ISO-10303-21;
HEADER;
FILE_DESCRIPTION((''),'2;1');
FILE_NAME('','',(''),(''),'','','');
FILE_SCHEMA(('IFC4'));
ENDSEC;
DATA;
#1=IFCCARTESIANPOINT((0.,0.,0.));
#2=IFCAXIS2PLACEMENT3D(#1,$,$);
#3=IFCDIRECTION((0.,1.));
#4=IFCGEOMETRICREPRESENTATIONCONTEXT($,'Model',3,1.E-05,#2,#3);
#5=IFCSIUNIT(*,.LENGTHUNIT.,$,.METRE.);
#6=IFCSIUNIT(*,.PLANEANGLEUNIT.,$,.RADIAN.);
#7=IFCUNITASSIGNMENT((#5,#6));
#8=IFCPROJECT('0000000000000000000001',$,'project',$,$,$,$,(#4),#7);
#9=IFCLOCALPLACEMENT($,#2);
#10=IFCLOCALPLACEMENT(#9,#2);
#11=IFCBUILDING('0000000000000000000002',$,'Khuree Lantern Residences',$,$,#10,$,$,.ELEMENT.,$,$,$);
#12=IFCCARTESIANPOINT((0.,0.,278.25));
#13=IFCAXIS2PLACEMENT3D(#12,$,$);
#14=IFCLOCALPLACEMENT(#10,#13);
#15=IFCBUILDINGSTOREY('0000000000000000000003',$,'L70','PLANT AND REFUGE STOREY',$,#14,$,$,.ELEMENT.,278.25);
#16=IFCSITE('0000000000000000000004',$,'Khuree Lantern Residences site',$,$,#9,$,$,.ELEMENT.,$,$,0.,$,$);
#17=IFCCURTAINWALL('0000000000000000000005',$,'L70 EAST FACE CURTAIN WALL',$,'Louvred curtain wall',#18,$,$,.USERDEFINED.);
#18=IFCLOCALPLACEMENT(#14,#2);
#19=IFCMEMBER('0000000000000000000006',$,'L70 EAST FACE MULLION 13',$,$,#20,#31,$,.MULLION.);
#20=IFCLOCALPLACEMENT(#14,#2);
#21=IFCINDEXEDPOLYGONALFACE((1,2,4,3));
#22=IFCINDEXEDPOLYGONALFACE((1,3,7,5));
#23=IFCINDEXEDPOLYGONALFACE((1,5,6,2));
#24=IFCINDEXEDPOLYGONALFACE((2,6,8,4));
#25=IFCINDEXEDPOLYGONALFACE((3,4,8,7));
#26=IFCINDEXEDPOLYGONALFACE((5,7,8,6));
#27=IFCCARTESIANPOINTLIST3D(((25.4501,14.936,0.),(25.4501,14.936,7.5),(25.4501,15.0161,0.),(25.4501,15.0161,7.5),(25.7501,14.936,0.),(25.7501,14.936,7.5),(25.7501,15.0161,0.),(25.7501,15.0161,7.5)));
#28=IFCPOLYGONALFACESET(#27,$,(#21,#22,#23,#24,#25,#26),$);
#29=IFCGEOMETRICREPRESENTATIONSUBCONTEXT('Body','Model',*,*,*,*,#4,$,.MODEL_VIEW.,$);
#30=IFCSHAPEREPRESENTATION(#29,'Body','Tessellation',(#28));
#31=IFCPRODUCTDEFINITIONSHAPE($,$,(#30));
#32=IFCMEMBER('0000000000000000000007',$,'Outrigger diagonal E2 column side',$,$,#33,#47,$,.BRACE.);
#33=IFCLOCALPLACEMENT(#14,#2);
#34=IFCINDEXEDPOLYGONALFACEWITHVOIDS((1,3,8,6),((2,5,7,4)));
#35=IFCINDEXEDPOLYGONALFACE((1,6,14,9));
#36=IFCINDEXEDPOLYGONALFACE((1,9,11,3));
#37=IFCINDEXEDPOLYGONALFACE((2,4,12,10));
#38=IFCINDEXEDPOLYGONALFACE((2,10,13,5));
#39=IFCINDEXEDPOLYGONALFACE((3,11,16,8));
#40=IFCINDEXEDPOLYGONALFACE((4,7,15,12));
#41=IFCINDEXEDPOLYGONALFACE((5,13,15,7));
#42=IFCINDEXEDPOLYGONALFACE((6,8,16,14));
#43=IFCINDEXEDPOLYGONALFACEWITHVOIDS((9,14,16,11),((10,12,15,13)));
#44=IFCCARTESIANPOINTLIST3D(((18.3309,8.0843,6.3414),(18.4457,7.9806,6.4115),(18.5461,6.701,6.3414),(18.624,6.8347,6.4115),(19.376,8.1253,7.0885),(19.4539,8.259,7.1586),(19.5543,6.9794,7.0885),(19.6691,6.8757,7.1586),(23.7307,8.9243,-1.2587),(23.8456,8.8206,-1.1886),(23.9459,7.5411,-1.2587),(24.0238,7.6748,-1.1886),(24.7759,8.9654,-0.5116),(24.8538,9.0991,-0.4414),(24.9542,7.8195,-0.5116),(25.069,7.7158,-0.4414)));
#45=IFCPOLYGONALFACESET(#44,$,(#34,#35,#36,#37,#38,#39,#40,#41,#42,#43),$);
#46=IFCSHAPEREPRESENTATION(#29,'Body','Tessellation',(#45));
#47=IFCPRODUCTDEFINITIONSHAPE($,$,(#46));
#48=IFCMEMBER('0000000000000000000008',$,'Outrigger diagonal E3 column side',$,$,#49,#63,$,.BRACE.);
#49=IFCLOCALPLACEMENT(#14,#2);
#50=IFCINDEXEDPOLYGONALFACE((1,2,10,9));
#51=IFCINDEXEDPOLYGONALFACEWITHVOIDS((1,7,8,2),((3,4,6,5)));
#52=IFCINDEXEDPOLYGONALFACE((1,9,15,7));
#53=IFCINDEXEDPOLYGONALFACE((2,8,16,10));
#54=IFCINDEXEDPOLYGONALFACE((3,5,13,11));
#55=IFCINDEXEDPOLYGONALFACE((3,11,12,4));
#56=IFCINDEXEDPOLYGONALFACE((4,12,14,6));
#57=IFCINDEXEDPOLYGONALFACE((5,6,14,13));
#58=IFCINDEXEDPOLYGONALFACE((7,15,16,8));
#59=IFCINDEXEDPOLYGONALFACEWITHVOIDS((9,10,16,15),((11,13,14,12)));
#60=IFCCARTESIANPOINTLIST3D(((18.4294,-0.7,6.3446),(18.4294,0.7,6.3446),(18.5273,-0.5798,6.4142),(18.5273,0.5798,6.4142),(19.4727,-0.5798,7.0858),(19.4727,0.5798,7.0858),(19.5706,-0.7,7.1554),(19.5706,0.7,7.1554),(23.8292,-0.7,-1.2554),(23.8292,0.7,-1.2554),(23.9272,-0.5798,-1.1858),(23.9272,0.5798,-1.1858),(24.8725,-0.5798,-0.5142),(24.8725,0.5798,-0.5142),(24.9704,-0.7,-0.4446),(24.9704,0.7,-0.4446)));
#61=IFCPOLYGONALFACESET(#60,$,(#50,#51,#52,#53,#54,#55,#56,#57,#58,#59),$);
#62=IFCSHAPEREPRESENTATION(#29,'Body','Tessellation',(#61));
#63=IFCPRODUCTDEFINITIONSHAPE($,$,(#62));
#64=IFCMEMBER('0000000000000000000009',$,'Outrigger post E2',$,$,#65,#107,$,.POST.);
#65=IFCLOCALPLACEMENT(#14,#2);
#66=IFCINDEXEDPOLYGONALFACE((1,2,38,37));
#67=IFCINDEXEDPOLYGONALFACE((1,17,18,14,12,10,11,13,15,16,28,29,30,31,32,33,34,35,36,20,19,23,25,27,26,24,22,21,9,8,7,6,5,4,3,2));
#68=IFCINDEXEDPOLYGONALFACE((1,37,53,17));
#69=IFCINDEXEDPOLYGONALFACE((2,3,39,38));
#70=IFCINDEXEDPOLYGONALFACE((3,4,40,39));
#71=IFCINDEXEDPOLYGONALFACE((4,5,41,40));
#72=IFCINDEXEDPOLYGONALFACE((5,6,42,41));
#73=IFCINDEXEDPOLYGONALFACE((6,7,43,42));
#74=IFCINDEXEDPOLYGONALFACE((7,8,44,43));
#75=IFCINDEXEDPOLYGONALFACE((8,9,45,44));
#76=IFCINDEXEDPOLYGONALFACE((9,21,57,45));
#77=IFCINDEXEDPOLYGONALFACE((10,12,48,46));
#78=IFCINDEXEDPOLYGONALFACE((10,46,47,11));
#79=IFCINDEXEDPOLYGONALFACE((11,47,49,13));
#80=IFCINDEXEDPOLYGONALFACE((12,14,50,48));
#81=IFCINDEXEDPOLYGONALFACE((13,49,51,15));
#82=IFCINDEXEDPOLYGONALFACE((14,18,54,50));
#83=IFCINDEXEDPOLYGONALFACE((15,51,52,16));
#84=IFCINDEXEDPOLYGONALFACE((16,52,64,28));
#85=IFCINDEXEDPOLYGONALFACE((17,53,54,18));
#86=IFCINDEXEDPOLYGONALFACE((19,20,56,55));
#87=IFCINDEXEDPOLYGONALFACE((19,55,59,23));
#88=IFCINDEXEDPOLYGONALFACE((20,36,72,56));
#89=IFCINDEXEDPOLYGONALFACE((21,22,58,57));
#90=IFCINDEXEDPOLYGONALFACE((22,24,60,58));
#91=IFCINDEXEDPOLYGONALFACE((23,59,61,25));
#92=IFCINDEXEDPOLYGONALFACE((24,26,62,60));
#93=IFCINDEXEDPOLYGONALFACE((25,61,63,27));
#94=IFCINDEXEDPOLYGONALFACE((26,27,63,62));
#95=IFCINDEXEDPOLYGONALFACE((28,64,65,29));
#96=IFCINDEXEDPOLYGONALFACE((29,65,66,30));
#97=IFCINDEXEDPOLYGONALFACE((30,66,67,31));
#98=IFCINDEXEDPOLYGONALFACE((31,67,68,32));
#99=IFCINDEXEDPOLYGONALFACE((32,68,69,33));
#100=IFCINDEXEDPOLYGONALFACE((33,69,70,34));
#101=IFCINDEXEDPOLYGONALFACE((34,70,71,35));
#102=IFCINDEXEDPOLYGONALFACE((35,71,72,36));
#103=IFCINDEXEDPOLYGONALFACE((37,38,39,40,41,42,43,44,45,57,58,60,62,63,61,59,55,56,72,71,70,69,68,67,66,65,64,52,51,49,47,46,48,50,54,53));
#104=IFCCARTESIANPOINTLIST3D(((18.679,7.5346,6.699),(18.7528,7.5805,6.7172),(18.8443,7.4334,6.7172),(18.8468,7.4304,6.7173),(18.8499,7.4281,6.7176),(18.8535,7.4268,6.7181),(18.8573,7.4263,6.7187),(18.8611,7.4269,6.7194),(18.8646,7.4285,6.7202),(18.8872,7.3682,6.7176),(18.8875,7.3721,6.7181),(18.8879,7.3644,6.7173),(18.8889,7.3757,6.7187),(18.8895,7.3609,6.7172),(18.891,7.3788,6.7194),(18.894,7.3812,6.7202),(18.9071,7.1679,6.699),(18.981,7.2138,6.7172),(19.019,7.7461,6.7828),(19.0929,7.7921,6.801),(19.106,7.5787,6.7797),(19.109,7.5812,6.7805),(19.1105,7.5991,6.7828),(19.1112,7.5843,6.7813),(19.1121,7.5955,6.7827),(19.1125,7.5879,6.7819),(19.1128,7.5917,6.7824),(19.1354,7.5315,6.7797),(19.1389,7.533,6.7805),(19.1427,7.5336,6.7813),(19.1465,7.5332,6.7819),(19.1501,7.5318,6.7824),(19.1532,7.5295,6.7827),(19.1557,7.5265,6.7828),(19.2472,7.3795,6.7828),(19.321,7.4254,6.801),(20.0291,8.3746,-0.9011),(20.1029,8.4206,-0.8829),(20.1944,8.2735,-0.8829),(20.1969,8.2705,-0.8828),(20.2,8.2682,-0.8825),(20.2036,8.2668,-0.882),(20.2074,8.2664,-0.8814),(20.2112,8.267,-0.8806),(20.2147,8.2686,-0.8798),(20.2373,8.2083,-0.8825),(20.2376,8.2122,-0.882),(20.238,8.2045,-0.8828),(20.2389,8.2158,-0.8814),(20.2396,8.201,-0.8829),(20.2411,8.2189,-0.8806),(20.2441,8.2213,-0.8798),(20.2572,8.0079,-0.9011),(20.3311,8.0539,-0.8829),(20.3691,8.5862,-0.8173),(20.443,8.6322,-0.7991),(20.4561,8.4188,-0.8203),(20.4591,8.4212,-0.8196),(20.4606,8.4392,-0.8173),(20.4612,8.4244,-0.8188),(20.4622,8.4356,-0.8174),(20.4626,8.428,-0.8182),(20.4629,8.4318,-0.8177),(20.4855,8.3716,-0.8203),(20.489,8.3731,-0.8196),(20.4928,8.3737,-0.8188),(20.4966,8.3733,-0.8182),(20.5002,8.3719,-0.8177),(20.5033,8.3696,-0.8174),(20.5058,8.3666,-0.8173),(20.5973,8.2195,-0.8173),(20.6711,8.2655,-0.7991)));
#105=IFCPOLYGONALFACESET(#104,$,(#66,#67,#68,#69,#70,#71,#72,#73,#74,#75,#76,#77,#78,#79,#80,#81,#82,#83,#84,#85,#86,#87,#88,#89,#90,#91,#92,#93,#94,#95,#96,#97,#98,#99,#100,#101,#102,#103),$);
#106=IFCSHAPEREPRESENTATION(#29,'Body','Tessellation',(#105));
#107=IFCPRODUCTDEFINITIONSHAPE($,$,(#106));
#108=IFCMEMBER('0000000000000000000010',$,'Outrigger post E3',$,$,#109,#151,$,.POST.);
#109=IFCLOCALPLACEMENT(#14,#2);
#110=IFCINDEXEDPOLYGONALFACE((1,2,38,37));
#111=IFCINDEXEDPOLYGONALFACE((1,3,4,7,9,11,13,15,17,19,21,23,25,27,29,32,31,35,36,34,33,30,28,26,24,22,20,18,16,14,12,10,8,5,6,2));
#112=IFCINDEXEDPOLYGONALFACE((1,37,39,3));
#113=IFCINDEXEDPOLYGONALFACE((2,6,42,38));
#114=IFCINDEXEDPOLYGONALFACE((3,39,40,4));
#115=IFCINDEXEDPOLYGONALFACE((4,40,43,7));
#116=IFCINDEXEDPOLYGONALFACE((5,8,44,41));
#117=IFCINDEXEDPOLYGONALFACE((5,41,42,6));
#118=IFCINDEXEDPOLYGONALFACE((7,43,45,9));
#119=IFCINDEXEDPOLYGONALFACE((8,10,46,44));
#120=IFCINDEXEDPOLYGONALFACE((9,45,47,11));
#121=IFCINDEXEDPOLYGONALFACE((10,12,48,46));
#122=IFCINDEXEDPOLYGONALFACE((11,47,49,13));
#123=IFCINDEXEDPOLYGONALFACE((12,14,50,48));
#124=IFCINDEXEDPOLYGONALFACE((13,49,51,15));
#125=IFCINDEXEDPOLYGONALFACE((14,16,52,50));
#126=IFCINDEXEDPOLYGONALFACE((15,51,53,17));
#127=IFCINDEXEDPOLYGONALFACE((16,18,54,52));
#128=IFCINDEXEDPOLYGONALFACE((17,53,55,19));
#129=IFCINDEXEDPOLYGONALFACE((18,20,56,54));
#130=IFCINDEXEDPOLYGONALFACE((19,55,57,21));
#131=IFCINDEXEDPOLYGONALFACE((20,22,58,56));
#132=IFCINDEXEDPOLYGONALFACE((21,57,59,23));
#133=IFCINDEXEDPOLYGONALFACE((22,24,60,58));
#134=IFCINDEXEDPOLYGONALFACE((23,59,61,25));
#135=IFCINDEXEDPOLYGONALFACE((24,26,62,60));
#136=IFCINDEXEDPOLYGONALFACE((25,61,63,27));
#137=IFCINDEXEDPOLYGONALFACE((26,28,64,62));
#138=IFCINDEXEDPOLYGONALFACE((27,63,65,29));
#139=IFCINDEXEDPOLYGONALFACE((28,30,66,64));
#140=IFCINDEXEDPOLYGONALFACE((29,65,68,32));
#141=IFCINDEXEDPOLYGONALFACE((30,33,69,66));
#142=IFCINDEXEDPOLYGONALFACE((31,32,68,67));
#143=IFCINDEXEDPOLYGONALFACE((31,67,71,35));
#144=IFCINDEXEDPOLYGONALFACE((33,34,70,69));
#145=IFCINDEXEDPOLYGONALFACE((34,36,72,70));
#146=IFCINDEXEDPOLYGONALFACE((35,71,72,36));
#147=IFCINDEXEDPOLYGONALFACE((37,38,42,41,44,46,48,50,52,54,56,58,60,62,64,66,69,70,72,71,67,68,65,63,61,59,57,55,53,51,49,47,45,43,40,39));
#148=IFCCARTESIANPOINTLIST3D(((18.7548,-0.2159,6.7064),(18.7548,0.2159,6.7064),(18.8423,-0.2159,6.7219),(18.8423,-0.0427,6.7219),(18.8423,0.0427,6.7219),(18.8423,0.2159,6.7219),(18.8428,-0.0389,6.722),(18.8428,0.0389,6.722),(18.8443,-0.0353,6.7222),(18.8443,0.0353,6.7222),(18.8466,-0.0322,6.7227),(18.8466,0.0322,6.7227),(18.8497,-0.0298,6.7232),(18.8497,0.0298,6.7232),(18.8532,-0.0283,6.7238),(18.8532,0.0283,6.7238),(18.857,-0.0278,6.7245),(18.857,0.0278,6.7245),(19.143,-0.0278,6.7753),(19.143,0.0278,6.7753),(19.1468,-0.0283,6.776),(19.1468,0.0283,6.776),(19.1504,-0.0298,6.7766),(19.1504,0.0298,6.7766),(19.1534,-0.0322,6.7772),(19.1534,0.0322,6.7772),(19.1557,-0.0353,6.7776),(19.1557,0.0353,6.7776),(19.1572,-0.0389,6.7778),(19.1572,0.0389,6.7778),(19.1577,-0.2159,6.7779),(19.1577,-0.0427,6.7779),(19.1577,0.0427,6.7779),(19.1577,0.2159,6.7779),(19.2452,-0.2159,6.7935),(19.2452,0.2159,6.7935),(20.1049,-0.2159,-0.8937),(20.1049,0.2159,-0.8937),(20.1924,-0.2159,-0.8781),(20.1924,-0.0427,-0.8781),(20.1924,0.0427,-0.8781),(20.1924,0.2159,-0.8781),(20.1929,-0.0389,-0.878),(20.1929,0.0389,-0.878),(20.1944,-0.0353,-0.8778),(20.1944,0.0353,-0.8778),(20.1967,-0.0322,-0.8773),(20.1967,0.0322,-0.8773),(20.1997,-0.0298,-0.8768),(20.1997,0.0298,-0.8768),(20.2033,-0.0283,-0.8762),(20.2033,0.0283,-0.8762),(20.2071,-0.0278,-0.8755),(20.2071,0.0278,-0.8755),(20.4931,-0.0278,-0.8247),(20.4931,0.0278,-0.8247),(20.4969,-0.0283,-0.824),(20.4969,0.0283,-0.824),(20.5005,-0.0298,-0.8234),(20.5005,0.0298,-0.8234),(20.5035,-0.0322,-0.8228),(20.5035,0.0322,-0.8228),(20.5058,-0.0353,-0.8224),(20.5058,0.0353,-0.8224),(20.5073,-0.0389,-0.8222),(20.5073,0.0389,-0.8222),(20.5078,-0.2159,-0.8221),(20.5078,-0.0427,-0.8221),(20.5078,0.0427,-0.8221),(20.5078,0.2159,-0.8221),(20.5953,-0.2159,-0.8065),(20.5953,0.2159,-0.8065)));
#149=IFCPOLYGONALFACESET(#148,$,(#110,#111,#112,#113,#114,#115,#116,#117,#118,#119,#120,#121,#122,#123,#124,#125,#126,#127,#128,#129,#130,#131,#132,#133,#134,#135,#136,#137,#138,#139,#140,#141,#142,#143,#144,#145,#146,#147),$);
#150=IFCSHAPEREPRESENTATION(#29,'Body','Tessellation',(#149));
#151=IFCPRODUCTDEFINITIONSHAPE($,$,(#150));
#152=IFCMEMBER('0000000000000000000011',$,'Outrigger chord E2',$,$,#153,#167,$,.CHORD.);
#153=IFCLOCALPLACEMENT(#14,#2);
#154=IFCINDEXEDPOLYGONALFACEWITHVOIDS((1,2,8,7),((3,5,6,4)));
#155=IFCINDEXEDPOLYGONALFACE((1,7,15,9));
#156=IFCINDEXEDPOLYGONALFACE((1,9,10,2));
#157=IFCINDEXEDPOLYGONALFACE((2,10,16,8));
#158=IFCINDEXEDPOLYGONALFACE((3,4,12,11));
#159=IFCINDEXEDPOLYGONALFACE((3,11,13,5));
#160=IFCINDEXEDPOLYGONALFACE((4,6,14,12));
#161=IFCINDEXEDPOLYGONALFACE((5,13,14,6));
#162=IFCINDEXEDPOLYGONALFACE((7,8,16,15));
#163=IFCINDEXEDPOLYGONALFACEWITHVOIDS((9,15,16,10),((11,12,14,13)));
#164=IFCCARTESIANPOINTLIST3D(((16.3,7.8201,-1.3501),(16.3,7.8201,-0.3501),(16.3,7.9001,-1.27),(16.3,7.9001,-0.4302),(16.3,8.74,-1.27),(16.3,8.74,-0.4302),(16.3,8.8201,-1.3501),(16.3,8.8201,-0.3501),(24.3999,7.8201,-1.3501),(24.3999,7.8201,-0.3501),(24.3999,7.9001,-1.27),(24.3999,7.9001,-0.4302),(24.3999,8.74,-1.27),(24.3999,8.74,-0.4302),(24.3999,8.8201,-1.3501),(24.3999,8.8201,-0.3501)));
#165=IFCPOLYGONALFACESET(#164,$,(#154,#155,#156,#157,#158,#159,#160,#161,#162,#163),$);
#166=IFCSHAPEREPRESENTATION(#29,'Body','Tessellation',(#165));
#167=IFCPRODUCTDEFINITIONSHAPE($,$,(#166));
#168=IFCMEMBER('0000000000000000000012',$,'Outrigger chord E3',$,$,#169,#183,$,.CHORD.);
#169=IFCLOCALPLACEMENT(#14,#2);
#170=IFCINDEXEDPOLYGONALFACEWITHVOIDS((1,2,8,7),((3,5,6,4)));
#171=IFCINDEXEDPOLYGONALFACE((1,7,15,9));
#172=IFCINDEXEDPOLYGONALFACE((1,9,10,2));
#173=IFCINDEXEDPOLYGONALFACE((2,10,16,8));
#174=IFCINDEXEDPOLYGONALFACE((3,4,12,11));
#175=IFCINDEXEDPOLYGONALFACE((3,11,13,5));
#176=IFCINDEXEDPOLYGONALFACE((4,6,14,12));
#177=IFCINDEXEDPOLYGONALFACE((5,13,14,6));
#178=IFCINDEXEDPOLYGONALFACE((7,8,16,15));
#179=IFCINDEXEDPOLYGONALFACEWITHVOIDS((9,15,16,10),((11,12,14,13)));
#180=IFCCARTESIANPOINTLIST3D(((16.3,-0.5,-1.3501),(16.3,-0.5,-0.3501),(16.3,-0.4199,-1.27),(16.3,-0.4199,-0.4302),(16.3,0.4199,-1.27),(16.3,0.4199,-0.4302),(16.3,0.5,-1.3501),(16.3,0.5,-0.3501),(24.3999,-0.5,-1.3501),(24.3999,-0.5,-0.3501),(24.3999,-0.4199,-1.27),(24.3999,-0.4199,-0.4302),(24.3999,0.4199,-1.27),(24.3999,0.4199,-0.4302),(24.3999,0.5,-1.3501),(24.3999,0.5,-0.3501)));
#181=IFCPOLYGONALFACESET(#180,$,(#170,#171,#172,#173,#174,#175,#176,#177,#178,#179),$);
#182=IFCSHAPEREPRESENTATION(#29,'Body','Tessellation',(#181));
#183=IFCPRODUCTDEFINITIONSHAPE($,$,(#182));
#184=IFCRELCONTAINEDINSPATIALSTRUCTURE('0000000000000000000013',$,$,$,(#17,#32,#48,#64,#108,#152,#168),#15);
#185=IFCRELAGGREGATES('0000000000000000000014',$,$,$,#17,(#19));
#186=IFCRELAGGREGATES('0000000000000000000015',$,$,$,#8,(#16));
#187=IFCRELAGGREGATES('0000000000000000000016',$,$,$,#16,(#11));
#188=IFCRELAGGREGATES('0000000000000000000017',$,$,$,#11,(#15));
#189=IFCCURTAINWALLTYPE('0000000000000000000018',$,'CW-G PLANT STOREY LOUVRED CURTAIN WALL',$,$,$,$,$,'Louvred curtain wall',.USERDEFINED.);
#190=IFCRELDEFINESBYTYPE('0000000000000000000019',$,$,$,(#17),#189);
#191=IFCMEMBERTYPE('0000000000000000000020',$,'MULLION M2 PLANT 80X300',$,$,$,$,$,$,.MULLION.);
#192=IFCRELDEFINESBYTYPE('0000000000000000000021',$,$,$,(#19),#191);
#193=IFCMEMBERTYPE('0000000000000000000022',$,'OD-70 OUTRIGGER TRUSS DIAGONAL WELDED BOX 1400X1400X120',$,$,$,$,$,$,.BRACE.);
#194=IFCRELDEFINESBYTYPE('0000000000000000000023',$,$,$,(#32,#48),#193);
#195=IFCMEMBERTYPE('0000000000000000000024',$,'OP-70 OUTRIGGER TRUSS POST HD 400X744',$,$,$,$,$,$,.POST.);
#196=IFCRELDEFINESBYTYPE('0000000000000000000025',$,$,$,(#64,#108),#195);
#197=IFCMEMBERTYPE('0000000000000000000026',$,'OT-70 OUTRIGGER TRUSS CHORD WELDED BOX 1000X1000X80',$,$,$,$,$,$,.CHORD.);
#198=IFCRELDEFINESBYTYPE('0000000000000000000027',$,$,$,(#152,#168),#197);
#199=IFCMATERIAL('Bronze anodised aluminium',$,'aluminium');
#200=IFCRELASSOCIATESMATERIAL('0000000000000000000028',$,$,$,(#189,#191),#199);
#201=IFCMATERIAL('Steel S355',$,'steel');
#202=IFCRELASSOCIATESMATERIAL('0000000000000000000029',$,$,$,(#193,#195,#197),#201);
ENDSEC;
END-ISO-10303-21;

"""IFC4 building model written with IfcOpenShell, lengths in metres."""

from ifc_helpers import new_model, si_unit, direction, frame, origin, origin_2d, place, context, subcontext, project, spatial, rectangle, hollow_rectangle, i_section, extrude, material, material_profile, profile_set, type_object, element, aggregate, save


model = new_model("IFC4")

# Units and contexts
model_context = context("Model", 3, precision=1e-05, world=origin(), true_north=direction((0.0, 1.0)))
body_context = subcontext(model_context, "Body", "Model", "MODEL_VIEW")
ifc_project = project(units=[si_unit("LENGTHUNIT", "METRE"), si_unit("PLANEANGLEUNIT", "RADIAN")], contexts=[model_context])

# Site, building, storey
site_placement = place(None, origin())
site = spatial("IfcSite", under=ifc_project, at=site_placement, Name="Khuree Lantern Residences site", CompositionType="ELEMENT", RefElevation=0.0)
building_placement = place(site_placement, origin())
building = spatial("IfcBuilding", under=site, at=building_placement, Name="Khuree Lantern Residences", CompositionType="ELEMENT")
storey_placement = place(building_placement, frame((0.0, 0.0, 278.25)))
storey = spatial("IfcBuildingStorey", under=building, at=storey_placement, Name="L70", Description="PLANT AND REFUGE STOREY", CompositionType="ELEMENT", Elevation=278.25)

# Shared definitions
ifc_material_1 = material(Name="Steel S355", Category="steel")

# Curtain wall, member
ifc_material_2 = material(Name="Bronze anodised aluminium", Category="aluminium")
curtain_wall_type = type_object("IfcCurtainWallType", Name="CW-G PLANT STOREY LOUVRED CURTAIN WALL", ElementType="Louvred curtain wall", PredefinedType="USERDEFINED", material=ifc_material_2)
curtain_wall_placement = place(storey_placement, origin())
curtain_wall = element("IfcCurtainWall", 1, at=curtain_wall_placement, inside=storey, type_object=curtain_wall_type, Name="L70 EAST FACE CURTAIN WALL", ObjectType="Louvred curtain wall", PredefinedType="USERDEFINED")
ifc_material_profile_1 = material_profile(ifc_material_2, rectangle(XDim=0.0801, YDim=0.3, at=origin_2d()), Name="M2 80X300")
ifc_profile_set_1 = profile_set([ifc_material_profile_1], Name="Bronze anodised aluminium")
member_type_1 = type_object("IfcMemberType", Name="MULLION M2 PLANT 80X300", PredefinedType="MULLION", material=ifc_profile_set_1)
member_1_placement = place(storey_placement, frame((25.6001, 14.9761, 0.0), z_axis=(0.0, 0.0, 1.0), x_axis=(0.0, 1.0, 0.0)))
member_1 = element("IfcMember", 2, at=member_1_placement, type_object=member_type_1, Name="L70 EAST FACE MULLION 13", PredefinedType="MULLION", context=body_context, shape_type="SweptSolid", body=[
    extrude(rectangle(XDim=0.0801, YDim=0.3, at=origin_2d()), origin(), (0.0, 0.0, 1.0), 7.5),
])

# Members
ifc_material_profile_2 = material_profile(ifc_material_1, hollow_rectangle(XDim=1.3999, YDim=1.3999, WallThickness=0.1201, at=origin_2d()), Name="WELDED BOX 1400X1400X120")
ifc_profile_set_2 = profile_set([ifc_material_profile_2], Name="Steel S355")
member_type_2 = type_object("IfcMemberType", Name="OD-70 OUTRIGGER TRUSS DIAGONAL WELDED BOX 1400X1400X120", PredefinedType="BRACE", material=ifc_profile_set_2)
member_2_placement = place(storey_placement, frame((19.0, 7.48, 6.75), z_axis=(0.576858, 0.089744, -0.811899), x_axis=(-0.153725, 0.988114, 0.0)))
element("IfcMember", 3, at=member_2_placement, inside=storey, type_object=member_type_2, Name="Outrigger diagonal E2 column side", PredefinedType="BRACE", context=body_context, shape_type="SweptSolid", body=[
    extrude(hollow_rectangle(XDim=1.3999, YDim=1.3999, WallThickness=0.1201, at=origin_2d()), origin(), (0.0, 0.0, 1.0), 9.3608),
])
member_3_placement = place(storey_placement, frame((19.0, 0.0, 6.75), z_axis=(0.579195, 0.0, -0.815189), x_axis=(0.0, 1.0, 0.0)))
element("IfcMember", 4, at=member_3_placement, inside=storey, type_object=member_type_2, Name="Outrigger diagonal E3 column side", PredefinedType="BRACE", context=body_context, shape_type="SweptSolid", body=[
    extrude(hollow_rectangle(XDim=1.3999, YDim=1.3999, WallThickness=0.1201, at=origin_2d()), origin(), (0.0, 0.0, 1.0), 9.323),
])
ifc_material_profile_3 = material_profile(ifc_material_1, i_section(OverallWidth=0.4319, OverallDepth=0.498, WebThickness=0.0557, FlangeThickness=0.0889, FilletRadius=0.0149, at=origin_2d()), Name="HD 400X744")
ifc_profile_set_3 = profile_set([ifc_material_profile_3], Name="Steel S355")
member_type_3 = type_object("IfcMemberType", Name="OP-70 OUTRIGGER TRUSS POST HD 400X744", PredefinedType="POST", material=ifc_profile_set_3)
member_4_placement = place(storey_placement, frame((20.3501, 8.3201, -0.8501), z_axis=(-0.173877, -0.108194, 0.978806), x_axis=(0.528314, -0.849049, 0.0)))
element("IfcMember", 5, at=member_4_placement, inside=storey, type_object=member_type_3, Name="Outrigger post E2", PredefinedType="POST", context=body_context, shape_type="SweptSolid", body=[
    extrude(i_section(OverallWidth=0.4319, OverallDepth=0.498, WebThickness=0.0557, FlangeThickness=0.0889, FilletRadius=0.0149, at=origin_2d()), origin(), (0.0, 0.0, 1.0), 7.7646),
])
member_5_placement = place(storey_placement, frame((20.3501, 0.0, -0.8501), z_axis=(-0.174904, 0.0, 0.984586), x_axis=(0.0, -1.0, 0.0)))
element("IfcMember", 6, at=member_5_placement, inside=storey, type_object=member_type_3, Name="Outrigger post E3", PredefinedType="POST", context=body_context, shape_type="SweptSolid", body=[
    extrude(i_section(OverallWidth=0.4319, OverallDepth=0.498, WebThickness=0.0557, FlangeThickness=0.0889, FilletRadius=0.0149, at=origin_2d()), origin(), (0.0, 0.0, 1.0), 7.719),
])
ifc_material_profile_4 = material_profile(ifc_material_1, hollow_rectangle(XDim=1.0, YDim=1.0, WallThickness=0.0801, at=origin_2d()), Name="WELDED BOX 1000X1000X80")
ifc_profile_set_4 = profile_set([ifc_material_profile_4], Name="Steel S355")
member_type_4 = type_object("IfcMemberType", Name="OT-70 OUTRIGGER TRUSS CHORD WELDED BOX 1000X1000X80", PredefinedType="CHORD", material=ifc_profile_set_4)
for number, where, z_axis, x_axis, name in (
    (7, (24.3999, 8.3201, -0.8501), (-1.0, 0.0, 0.0), (0.0, -1.0, 0.0), "Outrigger chord E2"),
    (8, (24.3999, 0.0, -0.8501), (-1.0, 0.0, 0.0), (0.0, -1.0, 0.0), "Outrigger chord E3"),
):
    element("IfcMember", number, at=place(storey_placement, frame(where, z_axis=z_axis, x_axis=x_axis)), inside=storey, type_object=member_type_4, Name=name, PredefinedType="CHORD", context=body_context, shape_type="SweptSolid", body=[
        extrude(hollow_rectangle(XDim=1.0, YDim=1.0, WallThickness=0.0801, at=origin_2d()), origin(), (0.0, 0.0, 1.0), 8.0999),
    ])

aggregate(curtain_wall, [member_1])

save(model, "model.ifc")
